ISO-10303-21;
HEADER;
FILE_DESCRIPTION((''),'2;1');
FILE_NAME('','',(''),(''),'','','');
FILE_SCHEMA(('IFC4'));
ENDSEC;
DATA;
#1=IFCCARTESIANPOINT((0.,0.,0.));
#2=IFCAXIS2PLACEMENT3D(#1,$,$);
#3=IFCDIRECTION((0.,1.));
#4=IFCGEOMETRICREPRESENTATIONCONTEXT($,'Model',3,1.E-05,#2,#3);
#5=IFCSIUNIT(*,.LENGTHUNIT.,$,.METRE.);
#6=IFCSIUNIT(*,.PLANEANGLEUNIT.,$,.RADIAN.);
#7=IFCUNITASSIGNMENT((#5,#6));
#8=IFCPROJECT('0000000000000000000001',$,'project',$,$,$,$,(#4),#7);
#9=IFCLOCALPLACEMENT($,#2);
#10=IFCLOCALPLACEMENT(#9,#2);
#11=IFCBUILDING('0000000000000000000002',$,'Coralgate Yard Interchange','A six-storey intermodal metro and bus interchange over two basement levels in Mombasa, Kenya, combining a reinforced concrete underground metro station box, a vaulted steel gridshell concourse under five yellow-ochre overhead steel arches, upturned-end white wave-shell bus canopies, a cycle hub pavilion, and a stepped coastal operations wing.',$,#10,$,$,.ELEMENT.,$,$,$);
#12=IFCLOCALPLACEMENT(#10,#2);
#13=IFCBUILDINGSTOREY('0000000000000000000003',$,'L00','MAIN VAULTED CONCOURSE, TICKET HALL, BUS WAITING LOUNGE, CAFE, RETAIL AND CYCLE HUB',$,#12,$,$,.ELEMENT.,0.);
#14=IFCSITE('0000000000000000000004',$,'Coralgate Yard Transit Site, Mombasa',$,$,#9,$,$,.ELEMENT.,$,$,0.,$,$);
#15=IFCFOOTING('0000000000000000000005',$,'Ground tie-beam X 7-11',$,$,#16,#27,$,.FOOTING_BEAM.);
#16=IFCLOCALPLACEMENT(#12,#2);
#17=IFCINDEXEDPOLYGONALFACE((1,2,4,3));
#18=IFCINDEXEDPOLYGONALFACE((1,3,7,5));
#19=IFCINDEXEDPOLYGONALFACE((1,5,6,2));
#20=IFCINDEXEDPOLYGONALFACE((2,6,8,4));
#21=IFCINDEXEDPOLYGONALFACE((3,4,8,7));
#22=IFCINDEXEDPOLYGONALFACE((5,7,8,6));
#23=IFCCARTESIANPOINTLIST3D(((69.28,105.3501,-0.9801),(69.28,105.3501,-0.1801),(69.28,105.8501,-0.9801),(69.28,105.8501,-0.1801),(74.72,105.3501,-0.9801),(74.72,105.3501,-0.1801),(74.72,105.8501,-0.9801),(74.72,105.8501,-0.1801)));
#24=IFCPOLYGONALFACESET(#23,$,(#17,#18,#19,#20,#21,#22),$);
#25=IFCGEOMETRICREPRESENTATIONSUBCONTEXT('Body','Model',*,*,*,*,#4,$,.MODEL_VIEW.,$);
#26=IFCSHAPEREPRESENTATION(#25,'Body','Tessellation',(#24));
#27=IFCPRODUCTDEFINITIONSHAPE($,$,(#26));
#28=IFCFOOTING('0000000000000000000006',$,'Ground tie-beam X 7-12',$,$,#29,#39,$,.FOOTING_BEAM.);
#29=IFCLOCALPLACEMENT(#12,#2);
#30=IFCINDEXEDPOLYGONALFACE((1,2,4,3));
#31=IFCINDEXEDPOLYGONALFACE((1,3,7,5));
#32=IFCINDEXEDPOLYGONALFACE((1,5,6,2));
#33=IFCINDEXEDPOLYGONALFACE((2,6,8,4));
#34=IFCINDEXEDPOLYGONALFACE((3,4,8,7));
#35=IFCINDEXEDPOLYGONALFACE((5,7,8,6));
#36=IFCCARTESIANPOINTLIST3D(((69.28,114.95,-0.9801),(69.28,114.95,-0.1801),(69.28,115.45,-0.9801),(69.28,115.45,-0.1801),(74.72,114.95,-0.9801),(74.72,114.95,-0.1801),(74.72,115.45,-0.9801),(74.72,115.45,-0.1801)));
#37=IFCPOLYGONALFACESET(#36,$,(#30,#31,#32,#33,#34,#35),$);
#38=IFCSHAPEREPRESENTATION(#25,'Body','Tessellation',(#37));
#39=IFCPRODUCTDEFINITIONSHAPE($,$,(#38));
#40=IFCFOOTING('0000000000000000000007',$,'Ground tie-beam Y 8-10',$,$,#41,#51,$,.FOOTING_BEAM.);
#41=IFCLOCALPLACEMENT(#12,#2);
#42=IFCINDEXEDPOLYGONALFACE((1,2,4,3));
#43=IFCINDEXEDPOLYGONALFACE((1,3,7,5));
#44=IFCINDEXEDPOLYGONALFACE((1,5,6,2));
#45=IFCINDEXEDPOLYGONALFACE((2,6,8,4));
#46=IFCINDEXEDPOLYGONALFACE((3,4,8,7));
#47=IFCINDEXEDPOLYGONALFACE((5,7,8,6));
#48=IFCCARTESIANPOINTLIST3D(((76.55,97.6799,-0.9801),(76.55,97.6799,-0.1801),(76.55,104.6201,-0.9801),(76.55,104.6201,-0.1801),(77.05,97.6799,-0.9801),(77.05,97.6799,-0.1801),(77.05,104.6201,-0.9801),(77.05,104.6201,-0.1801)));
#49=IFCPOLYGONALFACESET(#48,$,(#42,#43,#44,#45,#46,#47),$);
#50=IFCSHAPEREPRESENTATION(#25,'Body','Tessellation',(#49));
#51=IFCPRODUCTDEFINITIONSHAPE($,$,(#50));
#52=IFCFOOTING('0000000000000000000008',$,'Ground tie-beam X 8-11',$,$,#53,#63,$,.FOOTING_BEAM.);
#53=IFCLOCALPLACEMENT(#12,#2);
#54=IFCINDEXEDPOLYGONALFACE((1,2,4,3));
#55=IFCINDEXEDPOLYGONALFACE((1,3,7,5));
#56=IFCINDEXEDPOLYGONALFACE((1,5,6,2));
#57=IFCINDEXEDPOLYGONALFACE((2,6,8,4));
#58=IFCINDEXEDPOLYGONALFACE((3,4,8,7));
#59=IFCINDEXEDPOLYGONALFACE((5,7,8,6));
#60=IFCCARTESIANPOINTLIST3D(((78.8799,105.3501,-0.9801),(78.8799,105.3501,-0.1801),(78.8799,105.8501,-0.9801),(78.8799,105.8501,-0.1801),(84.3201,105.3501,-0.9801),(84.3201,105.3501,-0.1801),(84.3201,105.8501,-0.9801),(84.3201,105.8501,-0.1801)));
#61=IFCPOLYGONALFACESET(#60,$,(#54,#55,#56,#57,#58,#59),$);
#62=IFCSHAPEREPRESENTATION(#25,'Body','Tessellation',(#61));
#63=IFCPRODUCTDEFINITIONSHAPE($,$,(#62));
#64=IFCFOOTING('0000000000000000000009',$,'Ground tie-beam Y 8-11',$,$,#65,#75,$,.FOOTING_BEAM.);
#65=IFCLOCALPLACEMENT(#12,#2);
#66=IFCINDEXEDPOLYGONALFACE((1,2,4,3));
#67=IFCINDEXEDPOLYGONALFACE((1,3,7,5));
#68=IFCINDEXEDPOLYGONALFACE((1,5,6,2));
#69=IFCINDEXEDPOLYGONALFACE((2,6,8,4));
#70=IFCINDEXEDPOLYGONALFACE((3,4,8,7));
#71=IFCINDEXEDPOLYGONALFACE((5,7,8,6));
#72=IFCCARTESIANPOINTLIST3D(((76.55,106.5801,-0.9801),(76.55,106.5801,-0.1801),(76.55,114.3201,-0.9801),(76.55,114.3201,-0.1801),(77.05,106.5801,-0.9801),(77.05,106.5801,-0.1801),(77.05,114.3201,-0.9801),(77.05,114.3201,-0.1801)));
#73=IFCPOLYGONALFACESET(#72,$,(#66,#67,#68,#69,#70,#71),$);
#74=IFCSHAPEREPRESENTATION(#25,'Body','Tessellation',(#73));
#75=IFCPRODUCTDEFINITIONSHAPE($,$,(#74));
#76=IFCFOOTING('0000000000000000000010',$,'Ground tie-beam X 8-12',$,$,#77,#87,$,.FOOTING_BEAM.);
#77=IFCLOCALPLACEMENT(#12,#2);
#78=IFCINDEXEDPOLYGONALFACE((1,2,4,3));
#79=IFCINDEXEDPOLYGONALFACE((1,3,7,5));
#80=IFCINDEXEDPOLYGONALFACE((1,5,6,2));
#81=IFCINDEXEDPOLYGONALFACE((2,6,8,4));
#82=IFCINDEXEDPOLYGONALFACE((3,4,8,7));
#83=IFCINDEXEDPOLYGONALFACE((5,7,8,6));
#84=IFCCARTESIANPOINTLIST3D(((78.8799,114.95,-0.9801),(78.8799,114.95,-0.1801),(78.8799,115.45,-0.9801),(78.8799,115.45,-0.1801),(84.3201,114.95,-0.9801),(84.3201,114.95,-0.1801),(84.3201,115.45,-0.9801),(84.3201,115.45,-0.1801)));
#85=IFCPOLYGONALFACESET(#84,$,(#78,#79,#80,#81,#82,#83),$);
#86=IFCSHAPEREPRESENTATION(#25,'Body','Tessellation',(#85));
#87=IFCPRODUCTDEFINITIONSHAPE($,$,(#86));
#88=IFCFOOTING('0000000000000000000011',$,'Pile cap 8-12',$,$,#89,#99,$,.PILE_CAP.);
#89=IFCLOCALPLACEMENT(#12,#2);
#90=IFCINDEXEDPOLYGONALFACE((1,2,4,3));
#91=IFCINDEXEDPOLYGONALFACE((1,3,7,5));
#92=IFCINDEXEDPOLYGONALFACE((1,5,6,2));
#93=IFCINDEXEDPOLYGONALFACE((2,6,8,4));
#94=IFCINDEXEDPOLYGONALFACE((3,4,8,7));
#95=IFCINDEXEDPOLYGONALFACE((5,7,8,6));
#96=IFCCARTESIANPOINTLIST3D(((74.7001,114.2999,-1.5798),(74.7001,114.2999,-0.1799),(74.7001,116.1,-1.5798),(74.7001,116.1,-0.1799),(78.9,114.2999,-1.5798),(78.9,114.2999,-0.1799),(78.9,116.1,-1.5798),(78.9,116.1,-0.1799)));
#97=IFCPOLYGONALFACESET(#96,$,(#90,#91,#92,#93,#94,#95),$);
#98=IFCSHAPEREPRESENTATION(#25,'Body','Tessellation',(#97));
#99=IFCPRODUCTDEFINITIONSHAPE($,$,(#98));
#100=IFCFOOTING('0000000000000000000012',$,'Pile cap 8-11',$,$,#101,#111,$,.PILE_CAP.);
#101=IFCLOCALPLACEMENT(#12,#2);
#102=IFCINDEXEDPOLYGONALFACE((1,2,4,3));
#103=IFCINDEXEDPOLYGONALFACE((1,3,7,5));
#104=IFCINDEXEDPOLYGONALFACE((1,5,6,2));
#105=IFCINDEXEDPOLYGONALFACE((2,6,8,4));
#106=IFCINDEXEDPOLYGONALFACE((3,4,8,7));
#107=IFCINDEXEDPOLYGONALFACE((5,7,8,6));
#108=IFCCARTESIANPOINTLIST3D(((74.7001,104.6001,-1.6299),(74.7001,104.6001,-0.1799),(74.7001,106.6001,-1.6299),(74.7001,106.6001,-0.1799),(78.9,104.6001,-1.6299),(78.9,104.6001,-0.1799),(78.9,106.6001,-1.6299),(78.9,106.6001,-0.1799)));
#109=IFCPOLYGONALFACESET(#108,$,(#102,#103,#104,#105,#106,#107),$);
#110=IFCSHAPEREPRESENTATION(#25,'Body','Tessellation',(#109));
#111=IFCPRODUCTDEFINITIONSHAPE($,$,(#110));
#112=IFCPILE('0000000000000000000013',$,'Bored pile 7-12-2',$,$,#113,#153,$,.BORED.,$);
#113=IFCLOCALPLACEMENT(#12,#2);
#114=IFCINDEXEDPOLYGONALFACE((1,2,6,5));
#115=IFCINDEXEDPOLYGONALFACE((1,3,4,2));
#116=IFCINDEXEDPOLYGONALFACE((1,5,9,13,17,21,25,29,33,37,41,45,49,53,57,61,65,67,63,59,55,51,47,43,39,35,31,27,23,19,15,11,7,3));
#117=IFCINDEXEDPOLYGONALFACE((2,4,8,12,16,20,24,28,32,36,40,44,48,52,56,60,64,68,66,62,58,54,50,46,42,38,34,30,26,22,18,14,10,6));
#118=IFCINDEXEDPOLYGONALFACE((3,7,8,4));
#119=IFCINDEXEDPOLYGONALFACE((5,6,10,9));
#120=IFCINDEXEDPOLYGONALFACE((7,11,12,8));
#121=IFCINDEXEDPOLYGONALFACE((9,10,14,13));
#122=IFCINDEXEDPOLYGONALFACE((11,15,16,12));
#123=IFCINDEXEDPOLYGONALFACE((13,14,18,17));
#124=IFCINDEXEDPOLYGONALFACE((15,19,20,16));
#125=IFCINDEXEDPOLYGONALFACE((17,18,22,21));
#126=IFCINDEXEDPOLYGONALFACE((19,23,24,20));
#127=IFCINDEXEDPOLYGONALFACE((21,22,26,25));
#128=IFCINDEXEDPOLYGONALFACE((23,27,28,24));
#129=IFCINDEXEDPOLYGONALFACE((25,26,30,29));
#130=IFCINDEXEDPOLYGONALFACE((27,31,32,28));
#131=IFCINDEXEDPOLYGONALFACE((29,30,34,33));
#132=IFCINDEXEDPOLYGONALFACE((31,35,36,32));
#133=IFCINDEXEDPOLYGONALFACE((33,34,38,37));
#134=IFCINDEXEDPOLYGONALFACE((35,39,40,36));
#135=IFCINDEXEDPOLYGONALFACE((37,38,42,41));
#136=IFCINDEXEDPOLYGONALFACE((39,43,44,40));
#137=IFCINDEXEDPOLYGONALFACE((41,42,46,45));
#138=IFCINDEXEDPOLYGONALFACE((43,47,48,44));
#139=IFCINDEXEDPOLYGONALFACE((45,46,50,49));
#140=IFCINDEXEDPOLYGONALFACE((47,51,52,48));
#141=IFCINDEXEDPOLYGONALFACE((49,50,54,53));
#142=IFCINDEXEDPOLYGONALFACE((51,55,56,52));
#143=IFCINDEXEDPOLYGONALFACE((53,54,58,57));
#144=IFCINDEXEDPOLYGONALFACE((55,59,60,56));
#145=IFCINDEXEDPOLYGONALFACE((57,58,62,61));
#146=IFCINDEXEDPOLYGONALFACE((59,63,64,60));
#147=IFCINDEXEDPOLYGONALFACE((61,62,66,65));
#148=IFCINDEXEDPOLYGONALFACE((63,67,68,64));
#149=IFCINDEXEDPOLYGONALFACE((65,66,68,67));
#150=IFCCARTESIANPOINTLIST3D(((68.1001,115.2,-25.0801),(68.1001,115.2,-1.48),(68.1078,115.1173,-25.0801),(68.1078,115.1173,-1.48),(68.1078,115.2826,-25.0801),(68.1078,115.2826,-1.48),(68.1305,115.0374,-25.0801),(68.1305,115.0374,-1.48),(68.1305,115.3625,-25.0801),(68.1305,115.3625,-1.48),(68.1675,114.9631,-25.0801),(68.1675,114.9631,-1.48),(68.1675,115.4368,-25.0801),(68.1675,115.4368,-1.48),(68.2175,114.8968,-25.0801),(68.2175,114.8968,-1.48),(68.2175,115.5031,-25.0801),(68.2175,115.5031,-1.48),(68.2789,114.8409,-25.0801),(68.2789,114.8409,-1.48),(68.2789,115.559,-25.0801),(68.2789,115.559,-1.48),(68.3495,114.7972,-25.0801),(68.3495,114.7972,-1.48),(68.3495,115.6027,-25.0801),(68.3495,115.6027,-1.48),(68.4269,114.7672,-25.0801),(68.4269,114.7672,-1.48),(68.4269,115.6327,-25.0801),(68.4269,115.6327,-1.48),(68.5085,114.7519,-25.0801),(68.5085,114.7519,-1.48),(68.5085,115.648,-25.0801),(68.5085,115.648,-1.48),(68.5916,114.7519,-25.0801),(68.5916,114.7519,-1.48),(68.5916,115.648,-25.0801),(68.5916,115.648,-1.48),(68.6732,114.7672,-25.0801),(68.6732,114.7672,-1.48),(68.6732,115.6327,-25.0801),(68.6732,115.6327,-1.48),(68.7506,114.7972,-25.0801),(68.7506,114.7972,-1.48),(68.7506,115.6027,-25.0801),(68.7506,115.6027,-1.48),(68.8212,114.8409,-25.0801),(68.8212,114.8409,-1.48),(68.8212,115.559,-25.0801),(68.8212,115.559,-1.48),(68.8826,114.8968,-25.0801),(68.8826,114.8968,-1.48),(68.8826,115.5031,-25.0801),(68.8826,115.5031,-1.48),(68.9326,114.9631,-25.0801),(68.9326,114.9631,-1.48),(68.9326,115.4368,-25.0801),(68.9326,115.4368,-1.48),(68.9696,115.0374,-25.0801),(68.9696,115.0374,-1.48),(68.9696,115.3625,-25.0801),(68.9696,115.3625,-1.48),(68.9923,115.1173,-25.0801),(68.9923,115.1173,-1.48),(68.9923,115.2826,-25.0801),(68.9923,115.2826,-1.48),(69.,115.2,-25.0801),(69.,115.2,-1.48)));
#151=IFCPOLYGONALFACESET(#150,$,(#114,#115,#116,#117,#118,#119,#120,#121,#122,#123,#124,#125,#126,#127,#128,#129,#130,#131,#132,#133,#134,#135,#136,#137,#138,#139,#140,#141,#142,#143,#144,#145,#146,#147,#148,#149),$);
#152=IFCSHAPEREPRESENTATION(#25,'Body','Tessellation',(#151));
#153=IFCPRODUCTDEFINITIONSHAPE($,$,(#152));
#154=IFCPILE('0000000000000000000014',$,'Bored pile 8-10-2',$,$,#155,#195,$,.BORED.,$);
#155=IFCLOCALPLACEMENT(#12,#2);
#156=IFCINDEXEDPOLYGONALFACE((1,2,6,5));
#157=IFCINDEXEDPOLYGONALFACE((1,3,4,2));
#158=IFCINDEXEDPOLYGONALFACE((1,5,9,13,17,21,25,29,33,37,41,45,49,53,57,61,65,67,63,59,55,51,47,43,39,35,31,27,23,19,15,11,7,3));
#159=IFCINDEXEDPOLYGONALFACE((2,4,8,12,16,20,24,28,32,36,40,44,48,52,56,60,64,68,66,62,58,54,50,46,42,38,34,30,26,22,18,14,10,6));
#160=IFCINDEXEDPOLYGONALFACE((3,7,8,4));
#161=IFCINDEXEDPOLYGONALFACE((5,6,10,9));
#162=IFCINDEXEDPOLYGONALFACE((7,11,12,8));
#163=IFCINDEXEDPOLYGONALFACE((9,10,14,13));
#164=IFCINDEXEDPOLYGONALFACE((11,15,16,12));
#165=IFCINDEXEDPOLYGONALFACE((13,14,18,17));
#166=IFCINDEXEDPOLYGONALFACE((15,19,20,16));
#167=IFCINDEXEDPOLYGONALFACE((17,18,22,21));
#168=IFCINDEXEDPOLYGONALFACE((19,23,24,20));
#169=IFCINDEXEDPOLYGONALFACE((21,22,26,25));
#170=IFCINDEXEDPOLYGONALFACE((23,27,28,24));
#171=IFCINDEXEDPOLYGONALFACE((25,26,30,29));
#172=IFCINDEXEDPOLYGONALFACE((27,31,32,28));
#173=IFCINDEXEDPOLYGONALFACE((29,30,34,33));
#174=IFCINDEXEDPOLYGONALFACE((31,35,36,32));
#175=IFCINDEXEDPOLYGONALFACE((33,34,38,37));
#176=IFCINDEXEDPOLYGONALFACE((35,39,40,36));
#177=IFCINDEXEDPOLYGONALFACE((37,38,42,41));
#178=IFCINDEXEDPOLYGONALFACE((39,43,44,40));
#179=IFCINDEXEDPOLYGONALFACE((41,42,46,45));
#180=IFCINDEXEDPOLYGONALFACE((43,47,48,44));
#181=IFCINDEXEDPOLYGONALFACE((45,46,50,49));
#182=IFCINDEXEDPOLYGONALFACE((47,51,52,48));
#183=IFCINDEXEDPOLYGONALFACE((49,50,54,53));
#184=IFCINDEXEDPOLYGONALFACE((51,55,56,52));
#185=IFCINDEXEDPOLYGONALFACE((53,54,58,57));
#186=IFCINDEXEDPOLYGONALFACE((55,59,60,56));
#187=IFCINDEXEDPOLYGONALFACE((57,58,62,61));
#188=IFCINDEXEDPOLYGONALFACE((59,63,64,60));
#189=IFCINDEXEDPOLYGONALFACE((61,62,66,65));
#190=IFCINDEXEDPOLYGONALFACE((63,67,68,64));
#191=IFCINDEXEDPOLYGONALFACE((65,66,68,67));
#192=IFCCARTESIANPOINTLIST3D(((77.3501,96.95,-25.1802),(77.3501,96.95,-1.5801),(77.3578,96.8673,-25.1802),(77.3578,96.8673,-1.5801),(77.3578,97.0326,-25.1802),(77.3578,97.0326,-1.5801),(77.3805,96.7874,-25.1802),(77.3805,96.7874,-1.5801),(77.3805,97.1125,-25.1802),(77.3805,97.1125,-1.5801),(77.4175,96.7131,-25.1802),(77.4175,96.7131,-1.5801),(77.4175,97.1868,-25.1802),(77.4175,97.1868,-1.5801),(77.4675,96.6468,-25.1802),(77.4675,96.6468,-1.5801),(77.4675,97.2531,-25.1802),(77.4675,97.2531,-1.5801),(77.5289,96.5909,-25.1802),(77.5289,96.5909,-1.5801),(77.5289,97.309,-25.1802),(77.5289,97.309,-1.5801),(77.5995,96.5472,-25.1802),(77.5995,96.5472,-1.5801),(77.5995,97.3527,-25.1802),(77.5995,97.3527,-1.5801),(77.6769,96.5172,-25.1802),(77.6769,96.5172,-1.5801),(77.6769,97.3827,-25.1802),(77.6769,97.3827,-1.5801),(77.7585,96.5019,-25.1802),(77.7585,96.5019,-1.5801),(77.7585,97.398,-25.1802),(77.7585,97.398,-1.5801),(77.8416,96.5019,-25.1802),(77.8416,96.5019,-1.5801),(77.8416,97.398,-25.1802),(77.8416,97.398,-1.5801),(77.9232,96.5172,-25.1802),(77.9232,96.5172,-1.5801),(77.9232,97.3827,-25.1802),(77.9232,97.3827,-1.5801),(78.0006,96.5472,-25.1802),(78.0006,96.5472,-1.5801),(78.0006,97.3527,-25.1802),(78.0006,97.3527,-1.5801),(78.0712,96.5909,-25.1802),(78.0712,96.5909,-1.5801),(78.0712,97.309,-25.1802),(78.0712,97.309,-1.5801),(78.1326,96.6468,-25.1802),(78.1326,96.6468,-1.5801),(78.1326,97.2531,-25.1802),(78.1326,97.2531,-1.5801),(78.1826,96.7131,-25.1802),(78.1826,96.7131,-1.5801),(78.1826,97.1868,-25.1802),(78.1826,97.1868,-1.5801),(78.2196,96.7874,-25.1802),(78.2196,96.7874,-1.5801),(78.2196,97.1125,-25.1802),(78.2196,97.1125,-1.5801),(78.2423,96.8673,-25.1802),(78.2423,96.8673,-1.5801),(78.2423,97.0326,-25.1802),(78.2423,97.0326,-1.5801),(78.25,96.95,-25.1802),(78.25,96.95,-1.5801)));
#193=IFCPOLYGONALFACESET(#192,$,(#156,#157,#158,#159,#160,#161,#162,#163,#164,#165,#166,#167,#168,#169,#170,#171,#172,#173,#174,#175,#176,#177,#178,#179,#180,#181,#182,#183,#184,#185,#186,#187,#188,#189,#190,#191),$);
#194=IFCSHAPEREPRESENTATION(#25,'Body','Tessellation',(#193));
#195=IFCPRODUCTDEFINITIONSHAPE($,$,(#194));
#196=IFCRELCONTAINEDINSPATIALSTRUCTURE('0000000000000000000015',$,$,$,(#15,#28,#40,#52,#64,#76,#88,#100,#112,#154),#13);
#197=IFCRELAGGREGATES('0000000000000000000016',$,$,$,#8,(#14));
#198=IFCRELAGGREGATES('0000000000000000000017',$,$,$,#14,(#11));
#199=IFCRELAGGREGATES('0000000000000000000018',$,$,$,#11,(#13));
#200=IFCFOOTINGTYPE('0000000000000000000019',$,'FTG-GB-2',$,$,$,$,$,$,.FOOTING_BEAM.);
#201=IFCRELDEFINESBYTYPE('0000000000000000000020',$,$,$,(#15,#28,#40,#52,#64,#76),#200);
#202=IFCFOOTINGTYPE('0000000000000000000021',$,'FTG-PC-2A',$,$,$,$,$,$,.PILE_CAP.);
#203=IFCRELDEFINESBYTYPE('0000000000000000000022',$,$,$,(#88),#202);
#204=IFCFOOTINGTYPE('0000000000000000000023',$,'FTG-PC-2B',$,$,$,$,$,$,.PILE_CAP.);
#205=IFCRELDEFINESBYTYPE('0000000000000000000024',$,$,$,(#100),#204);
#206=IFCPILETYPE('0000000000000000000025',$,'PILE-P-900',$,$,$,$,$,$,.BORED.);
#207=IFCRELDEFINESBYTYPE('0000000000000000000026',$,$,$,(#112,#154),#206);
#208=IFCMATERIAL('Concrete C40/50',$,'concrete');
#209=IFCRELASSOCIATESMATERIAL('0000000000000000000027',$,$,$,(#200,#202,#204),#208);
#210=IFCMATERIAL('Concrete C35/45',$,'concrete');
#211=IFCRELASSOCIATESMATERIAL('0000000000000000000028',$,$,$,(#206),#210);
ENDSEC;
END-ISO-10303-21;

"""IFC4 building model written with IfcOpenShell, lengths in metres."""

from ifc_helpers import new_model, si_unit, direction, frame, origin, origin_2d, place, context, subcontext, project, spatial, rectangle, circle, extrude, material, material_profile, profile_set, type_object, element, save


model = new_model("IFC4")

# Units and contexts
model_context = context("Model", 3, precision=1e-05, world=origin(), true_north=direction((0.0, 1.0)))
body_context = subcontext(model_context, "Body", "Model", "MODEL_VIEW")
ifc_project = project(units=[si_unit("LENGTHUNIT", "METRE"), si_unit("PLANEANGLEUNIT", "RADIAN")], contexts=[model_context])

# Site, building, storey
site_placement = place(None, origin())
site = spatial("IfcSite", under=ifc_project, at=site_placement, Name="Coralgate Yard Transit Site, Mombasa", CompositionType="ELEMENT", RefElevation=0.0)
building_placement = place(site_placement, origin())
building = spatial("IfcBuilding", under=site, at=building_placement, Name="Coralgate Yard Interchange", Description="A six-storey intermodal metro and bus interchange over two basement levels in Mombasa, Kenya, combining a reinforced concrete underground metro station box, a vaulted steel gridshell concourse under five yellow-ochre overhead steel arches, upturned-end white wave-shell bus canopies, a cycle hub pavilion, and a stepped coastal operations wing.", CompositionType="ELEMENT")
storey_placement = place(building_placement, origin())
storey = spatial("IfcBuildingStorey", under=building, at=storey_placement, Name="L00", Description="MAIN VAULTED CONCOURSE, TICKET HALL, BUS WAITING LOUNGE, CAFE, RETAIL AND CYCLE HUB", CompositionType="ELEMENT", Elevation=0.0)

# Footings
ifc_material_1 = material(Name="Concrete C40/50", Category="concrete")
ifc_material_profile_1 = material_profile(ifc_material_1, rectangle(XDim=0.5, YDim=0.8, at=origin_2d()), Name="RC 500x800")
ifc_profile_set_1 = profile_set([ifc_material_profile_1], Name="Concrete C40/50")
footing_type_1 = type_object("IfcFootingType", Name="FTG-GB-2", PredefinedType="FOOTING_BEAM", material=ifc_profile_set_1)
for number, where, z_axis, x_axis, name in (
    (1, (69.28, 105.6001, -0.5801), (1.0, 0.0, 0.0), (0.0, 1.0, 0.0), "Ground tie-beam X 7-11"),
    (2, (69.28, 115.2, -0.5801), (1.0, 0.0, 0.0), (0.0, 1.0, 0.0), "Ground tie-beam X 7-12"),
):
    element("IfcFooting", number, at=place(storey_placement, frame(where, z_axis=z_axis, x_axis=x_axis)), inside=storey, type_object=footing_type_1, Name=name, PredefinedType="FOOTING_BEAM", context=body_context, shape_type="SweptSolid", body=[
        extrude(rectangle(XDim=0.5, YDim=0.8, at=origin_2d()), origin(), (0.0, 0.0, 1.0), 5.4399),
    ])
footing_1_placement = place(storey_placement, frame((76.8, 97.6799, -0.5801), z_axis=(0.0, 1.0, 0.0), x_axis=(-1.0, 0.0, 0.0)))
element("IfcFooting", 3, at=footing_1_placement, inside=storey, type_object=footing_type_1, Name="Ground tie-beam Y 8-10", PredefinedType="FOOTING_BEAM", context=body_context, shape_type="SweptSolid", body=[
    extrude(rectangle(XDim=0.5, YDim=0.8, at=origin_2d()), origin(), (0.0, 0.0, 1.0), 6.9402),
])
footing_2_placement = place(storey_placement, frame((78.8799, 105.6001, -0.5801), z_axis=(1.0, 0.0, 0.0), x_axis=(0.0, 1.0, 0.0)))
element("IfcFooting", 4, at=footing_2_placement, inside=storey, type_object=footing_type_1, Name="Ground tie-beam X 8-11", PredefinedType="FOOTING_BEAM", context=body_context, shape_type="SweptSolid", body=[
    extrude(rectangle(XDim=0.5, YDim=0.8, at=origin_2d()), origin(), (0.0, 0.0, 1.0), 5.4402),
])
footing_3_placement = place(storey_placement, frame((76.8, 106.5801, -0.5801), z_axis=(0.0, 1.0, 0.0), x_axis=(-1.0, 0.0, 0.0)))
element("IfcFooting", 5, at=footing_3_placement, inside=storey, type_object=footing_type_1, Name="Ground tie-beam Y 8-11", PredefinedType="FOOTING_BEAM", context=body_context, shape_type="SweptSolid", body=[
    extrude(rectangle(XDim=0.5, YDim=0.8, at=origin_2d()), origin(), (0.0, 0.0, 1.0), 7.74),
])
footing_4_placement = place(storey_placement, frame((78.8799, 115.2, -0.5801), z_axis=(1.0, 0.0, 0.0), x_axis=(0.0, 1.0, 0.0)))
element("IfcFooting", 6, at=footing_4_placement, inside=storey, type_object=footing_type_1, Name="Ground tie-beam X 8-12", PredefinedType="FOOTING_BEAM", context=body_context, shape_type="SweptSolid", body=[
    extrude(rectangle(XDim=0.5, YDim=0.8, at=origin_2d()), origin(), (0.0, 0.0, 1.0), 5.4402),
])
footing_type_2 = type_object("IfcFootingType", Name="FTG-PC-2A", PredefinedType="PILE_CAP", material=ifc_material_1)
footing_5_placement = place(storey_placement, frame((76.8, 115.2, -1.5798), z_axis=(0.0, 0.0, 1.0), x_axis=(1.0, 0.0, 0.0)))
element("IfcFooting", 7, at=footing_5_placement, inside=storey, type_object=footing_type_2, Name="Pile cap 8-12", PredefinedType="PILE_CAP", context=body_context, shape_type="SweptSolid", body=[
    extrude(rectangle(XDim=4.2, YDim=1.8, at=origin_2d()), origin(), (0.0, 0.0, 1.0), 1.3999),
])
footing_type_3 = type_object("IfcFootingType", Name="FTG-PC-2B", PredefinedType="PILE_CAP", material=ifc_material_1)
footing_6_placement = place(storey_placement, frame((76.8, 105.6001, -1.6299), z_axis=(0.0, 0.0, 1.0), x_axis=(1.0, 0.0, 0.0)))
element("IfcFooting", 8, at=footing_6_placement, inside=storey, type_object=footing_type_3, Name="Pile cap 8-11", PredefinedType="PILE_CAP", context=body_context, shape_type="SweptSolid", body=[
    extrude(rectangle(XDim=4.2, YDim=2.0, at=origin_2d()), origin(), (0.0, 0.0, 1.0), 1.45),
])

# Piles
ifc_material_2 = material(Name="Concrete C35/45", Category="concrete")
ifc_material_profile_2 = material_profile(ifc_material_2, circle(Radius=0.45, at=origin_2d()), Name="BORED PILE D900")
ifc_profile_set_2 = profile_set([ifc_material_profile_2], Name="Concrete C35/45")
pile_type = type_object("IfcPileType", Name="PILE-P-900", PredefinedType="BORED", material=ifc_profile_set_2)
for number, where, z_axis, x_axis, name in (
    (9, (68.55, 115.2, -1.48), (0.0, 0.0, -1.0), (1.0, 0.0, 0.0), "Bored pile 7-12-2"),
    (10, (77.8, 96.95, -1.5801), (0.0, 0.0, -1.0), (1.0, 0.0, 0.0), "Bored pile 8-10-2"),
):
    element("IfcPile", number, at=place(storey_placement, frame(where, z_axis=z_axis, x_axis=x_axis)), inside=storey, type_object=pile_type, Name=name, PredefinedType="BORED", context=body_context, shape_type="SweptSolid", body=[
        extrude(circle(Radius=0.45, at=origin_2d()), origin(), (0.0, 0.0, 1.0), 23.6001),
    ])

save(model, "model.ifc")
